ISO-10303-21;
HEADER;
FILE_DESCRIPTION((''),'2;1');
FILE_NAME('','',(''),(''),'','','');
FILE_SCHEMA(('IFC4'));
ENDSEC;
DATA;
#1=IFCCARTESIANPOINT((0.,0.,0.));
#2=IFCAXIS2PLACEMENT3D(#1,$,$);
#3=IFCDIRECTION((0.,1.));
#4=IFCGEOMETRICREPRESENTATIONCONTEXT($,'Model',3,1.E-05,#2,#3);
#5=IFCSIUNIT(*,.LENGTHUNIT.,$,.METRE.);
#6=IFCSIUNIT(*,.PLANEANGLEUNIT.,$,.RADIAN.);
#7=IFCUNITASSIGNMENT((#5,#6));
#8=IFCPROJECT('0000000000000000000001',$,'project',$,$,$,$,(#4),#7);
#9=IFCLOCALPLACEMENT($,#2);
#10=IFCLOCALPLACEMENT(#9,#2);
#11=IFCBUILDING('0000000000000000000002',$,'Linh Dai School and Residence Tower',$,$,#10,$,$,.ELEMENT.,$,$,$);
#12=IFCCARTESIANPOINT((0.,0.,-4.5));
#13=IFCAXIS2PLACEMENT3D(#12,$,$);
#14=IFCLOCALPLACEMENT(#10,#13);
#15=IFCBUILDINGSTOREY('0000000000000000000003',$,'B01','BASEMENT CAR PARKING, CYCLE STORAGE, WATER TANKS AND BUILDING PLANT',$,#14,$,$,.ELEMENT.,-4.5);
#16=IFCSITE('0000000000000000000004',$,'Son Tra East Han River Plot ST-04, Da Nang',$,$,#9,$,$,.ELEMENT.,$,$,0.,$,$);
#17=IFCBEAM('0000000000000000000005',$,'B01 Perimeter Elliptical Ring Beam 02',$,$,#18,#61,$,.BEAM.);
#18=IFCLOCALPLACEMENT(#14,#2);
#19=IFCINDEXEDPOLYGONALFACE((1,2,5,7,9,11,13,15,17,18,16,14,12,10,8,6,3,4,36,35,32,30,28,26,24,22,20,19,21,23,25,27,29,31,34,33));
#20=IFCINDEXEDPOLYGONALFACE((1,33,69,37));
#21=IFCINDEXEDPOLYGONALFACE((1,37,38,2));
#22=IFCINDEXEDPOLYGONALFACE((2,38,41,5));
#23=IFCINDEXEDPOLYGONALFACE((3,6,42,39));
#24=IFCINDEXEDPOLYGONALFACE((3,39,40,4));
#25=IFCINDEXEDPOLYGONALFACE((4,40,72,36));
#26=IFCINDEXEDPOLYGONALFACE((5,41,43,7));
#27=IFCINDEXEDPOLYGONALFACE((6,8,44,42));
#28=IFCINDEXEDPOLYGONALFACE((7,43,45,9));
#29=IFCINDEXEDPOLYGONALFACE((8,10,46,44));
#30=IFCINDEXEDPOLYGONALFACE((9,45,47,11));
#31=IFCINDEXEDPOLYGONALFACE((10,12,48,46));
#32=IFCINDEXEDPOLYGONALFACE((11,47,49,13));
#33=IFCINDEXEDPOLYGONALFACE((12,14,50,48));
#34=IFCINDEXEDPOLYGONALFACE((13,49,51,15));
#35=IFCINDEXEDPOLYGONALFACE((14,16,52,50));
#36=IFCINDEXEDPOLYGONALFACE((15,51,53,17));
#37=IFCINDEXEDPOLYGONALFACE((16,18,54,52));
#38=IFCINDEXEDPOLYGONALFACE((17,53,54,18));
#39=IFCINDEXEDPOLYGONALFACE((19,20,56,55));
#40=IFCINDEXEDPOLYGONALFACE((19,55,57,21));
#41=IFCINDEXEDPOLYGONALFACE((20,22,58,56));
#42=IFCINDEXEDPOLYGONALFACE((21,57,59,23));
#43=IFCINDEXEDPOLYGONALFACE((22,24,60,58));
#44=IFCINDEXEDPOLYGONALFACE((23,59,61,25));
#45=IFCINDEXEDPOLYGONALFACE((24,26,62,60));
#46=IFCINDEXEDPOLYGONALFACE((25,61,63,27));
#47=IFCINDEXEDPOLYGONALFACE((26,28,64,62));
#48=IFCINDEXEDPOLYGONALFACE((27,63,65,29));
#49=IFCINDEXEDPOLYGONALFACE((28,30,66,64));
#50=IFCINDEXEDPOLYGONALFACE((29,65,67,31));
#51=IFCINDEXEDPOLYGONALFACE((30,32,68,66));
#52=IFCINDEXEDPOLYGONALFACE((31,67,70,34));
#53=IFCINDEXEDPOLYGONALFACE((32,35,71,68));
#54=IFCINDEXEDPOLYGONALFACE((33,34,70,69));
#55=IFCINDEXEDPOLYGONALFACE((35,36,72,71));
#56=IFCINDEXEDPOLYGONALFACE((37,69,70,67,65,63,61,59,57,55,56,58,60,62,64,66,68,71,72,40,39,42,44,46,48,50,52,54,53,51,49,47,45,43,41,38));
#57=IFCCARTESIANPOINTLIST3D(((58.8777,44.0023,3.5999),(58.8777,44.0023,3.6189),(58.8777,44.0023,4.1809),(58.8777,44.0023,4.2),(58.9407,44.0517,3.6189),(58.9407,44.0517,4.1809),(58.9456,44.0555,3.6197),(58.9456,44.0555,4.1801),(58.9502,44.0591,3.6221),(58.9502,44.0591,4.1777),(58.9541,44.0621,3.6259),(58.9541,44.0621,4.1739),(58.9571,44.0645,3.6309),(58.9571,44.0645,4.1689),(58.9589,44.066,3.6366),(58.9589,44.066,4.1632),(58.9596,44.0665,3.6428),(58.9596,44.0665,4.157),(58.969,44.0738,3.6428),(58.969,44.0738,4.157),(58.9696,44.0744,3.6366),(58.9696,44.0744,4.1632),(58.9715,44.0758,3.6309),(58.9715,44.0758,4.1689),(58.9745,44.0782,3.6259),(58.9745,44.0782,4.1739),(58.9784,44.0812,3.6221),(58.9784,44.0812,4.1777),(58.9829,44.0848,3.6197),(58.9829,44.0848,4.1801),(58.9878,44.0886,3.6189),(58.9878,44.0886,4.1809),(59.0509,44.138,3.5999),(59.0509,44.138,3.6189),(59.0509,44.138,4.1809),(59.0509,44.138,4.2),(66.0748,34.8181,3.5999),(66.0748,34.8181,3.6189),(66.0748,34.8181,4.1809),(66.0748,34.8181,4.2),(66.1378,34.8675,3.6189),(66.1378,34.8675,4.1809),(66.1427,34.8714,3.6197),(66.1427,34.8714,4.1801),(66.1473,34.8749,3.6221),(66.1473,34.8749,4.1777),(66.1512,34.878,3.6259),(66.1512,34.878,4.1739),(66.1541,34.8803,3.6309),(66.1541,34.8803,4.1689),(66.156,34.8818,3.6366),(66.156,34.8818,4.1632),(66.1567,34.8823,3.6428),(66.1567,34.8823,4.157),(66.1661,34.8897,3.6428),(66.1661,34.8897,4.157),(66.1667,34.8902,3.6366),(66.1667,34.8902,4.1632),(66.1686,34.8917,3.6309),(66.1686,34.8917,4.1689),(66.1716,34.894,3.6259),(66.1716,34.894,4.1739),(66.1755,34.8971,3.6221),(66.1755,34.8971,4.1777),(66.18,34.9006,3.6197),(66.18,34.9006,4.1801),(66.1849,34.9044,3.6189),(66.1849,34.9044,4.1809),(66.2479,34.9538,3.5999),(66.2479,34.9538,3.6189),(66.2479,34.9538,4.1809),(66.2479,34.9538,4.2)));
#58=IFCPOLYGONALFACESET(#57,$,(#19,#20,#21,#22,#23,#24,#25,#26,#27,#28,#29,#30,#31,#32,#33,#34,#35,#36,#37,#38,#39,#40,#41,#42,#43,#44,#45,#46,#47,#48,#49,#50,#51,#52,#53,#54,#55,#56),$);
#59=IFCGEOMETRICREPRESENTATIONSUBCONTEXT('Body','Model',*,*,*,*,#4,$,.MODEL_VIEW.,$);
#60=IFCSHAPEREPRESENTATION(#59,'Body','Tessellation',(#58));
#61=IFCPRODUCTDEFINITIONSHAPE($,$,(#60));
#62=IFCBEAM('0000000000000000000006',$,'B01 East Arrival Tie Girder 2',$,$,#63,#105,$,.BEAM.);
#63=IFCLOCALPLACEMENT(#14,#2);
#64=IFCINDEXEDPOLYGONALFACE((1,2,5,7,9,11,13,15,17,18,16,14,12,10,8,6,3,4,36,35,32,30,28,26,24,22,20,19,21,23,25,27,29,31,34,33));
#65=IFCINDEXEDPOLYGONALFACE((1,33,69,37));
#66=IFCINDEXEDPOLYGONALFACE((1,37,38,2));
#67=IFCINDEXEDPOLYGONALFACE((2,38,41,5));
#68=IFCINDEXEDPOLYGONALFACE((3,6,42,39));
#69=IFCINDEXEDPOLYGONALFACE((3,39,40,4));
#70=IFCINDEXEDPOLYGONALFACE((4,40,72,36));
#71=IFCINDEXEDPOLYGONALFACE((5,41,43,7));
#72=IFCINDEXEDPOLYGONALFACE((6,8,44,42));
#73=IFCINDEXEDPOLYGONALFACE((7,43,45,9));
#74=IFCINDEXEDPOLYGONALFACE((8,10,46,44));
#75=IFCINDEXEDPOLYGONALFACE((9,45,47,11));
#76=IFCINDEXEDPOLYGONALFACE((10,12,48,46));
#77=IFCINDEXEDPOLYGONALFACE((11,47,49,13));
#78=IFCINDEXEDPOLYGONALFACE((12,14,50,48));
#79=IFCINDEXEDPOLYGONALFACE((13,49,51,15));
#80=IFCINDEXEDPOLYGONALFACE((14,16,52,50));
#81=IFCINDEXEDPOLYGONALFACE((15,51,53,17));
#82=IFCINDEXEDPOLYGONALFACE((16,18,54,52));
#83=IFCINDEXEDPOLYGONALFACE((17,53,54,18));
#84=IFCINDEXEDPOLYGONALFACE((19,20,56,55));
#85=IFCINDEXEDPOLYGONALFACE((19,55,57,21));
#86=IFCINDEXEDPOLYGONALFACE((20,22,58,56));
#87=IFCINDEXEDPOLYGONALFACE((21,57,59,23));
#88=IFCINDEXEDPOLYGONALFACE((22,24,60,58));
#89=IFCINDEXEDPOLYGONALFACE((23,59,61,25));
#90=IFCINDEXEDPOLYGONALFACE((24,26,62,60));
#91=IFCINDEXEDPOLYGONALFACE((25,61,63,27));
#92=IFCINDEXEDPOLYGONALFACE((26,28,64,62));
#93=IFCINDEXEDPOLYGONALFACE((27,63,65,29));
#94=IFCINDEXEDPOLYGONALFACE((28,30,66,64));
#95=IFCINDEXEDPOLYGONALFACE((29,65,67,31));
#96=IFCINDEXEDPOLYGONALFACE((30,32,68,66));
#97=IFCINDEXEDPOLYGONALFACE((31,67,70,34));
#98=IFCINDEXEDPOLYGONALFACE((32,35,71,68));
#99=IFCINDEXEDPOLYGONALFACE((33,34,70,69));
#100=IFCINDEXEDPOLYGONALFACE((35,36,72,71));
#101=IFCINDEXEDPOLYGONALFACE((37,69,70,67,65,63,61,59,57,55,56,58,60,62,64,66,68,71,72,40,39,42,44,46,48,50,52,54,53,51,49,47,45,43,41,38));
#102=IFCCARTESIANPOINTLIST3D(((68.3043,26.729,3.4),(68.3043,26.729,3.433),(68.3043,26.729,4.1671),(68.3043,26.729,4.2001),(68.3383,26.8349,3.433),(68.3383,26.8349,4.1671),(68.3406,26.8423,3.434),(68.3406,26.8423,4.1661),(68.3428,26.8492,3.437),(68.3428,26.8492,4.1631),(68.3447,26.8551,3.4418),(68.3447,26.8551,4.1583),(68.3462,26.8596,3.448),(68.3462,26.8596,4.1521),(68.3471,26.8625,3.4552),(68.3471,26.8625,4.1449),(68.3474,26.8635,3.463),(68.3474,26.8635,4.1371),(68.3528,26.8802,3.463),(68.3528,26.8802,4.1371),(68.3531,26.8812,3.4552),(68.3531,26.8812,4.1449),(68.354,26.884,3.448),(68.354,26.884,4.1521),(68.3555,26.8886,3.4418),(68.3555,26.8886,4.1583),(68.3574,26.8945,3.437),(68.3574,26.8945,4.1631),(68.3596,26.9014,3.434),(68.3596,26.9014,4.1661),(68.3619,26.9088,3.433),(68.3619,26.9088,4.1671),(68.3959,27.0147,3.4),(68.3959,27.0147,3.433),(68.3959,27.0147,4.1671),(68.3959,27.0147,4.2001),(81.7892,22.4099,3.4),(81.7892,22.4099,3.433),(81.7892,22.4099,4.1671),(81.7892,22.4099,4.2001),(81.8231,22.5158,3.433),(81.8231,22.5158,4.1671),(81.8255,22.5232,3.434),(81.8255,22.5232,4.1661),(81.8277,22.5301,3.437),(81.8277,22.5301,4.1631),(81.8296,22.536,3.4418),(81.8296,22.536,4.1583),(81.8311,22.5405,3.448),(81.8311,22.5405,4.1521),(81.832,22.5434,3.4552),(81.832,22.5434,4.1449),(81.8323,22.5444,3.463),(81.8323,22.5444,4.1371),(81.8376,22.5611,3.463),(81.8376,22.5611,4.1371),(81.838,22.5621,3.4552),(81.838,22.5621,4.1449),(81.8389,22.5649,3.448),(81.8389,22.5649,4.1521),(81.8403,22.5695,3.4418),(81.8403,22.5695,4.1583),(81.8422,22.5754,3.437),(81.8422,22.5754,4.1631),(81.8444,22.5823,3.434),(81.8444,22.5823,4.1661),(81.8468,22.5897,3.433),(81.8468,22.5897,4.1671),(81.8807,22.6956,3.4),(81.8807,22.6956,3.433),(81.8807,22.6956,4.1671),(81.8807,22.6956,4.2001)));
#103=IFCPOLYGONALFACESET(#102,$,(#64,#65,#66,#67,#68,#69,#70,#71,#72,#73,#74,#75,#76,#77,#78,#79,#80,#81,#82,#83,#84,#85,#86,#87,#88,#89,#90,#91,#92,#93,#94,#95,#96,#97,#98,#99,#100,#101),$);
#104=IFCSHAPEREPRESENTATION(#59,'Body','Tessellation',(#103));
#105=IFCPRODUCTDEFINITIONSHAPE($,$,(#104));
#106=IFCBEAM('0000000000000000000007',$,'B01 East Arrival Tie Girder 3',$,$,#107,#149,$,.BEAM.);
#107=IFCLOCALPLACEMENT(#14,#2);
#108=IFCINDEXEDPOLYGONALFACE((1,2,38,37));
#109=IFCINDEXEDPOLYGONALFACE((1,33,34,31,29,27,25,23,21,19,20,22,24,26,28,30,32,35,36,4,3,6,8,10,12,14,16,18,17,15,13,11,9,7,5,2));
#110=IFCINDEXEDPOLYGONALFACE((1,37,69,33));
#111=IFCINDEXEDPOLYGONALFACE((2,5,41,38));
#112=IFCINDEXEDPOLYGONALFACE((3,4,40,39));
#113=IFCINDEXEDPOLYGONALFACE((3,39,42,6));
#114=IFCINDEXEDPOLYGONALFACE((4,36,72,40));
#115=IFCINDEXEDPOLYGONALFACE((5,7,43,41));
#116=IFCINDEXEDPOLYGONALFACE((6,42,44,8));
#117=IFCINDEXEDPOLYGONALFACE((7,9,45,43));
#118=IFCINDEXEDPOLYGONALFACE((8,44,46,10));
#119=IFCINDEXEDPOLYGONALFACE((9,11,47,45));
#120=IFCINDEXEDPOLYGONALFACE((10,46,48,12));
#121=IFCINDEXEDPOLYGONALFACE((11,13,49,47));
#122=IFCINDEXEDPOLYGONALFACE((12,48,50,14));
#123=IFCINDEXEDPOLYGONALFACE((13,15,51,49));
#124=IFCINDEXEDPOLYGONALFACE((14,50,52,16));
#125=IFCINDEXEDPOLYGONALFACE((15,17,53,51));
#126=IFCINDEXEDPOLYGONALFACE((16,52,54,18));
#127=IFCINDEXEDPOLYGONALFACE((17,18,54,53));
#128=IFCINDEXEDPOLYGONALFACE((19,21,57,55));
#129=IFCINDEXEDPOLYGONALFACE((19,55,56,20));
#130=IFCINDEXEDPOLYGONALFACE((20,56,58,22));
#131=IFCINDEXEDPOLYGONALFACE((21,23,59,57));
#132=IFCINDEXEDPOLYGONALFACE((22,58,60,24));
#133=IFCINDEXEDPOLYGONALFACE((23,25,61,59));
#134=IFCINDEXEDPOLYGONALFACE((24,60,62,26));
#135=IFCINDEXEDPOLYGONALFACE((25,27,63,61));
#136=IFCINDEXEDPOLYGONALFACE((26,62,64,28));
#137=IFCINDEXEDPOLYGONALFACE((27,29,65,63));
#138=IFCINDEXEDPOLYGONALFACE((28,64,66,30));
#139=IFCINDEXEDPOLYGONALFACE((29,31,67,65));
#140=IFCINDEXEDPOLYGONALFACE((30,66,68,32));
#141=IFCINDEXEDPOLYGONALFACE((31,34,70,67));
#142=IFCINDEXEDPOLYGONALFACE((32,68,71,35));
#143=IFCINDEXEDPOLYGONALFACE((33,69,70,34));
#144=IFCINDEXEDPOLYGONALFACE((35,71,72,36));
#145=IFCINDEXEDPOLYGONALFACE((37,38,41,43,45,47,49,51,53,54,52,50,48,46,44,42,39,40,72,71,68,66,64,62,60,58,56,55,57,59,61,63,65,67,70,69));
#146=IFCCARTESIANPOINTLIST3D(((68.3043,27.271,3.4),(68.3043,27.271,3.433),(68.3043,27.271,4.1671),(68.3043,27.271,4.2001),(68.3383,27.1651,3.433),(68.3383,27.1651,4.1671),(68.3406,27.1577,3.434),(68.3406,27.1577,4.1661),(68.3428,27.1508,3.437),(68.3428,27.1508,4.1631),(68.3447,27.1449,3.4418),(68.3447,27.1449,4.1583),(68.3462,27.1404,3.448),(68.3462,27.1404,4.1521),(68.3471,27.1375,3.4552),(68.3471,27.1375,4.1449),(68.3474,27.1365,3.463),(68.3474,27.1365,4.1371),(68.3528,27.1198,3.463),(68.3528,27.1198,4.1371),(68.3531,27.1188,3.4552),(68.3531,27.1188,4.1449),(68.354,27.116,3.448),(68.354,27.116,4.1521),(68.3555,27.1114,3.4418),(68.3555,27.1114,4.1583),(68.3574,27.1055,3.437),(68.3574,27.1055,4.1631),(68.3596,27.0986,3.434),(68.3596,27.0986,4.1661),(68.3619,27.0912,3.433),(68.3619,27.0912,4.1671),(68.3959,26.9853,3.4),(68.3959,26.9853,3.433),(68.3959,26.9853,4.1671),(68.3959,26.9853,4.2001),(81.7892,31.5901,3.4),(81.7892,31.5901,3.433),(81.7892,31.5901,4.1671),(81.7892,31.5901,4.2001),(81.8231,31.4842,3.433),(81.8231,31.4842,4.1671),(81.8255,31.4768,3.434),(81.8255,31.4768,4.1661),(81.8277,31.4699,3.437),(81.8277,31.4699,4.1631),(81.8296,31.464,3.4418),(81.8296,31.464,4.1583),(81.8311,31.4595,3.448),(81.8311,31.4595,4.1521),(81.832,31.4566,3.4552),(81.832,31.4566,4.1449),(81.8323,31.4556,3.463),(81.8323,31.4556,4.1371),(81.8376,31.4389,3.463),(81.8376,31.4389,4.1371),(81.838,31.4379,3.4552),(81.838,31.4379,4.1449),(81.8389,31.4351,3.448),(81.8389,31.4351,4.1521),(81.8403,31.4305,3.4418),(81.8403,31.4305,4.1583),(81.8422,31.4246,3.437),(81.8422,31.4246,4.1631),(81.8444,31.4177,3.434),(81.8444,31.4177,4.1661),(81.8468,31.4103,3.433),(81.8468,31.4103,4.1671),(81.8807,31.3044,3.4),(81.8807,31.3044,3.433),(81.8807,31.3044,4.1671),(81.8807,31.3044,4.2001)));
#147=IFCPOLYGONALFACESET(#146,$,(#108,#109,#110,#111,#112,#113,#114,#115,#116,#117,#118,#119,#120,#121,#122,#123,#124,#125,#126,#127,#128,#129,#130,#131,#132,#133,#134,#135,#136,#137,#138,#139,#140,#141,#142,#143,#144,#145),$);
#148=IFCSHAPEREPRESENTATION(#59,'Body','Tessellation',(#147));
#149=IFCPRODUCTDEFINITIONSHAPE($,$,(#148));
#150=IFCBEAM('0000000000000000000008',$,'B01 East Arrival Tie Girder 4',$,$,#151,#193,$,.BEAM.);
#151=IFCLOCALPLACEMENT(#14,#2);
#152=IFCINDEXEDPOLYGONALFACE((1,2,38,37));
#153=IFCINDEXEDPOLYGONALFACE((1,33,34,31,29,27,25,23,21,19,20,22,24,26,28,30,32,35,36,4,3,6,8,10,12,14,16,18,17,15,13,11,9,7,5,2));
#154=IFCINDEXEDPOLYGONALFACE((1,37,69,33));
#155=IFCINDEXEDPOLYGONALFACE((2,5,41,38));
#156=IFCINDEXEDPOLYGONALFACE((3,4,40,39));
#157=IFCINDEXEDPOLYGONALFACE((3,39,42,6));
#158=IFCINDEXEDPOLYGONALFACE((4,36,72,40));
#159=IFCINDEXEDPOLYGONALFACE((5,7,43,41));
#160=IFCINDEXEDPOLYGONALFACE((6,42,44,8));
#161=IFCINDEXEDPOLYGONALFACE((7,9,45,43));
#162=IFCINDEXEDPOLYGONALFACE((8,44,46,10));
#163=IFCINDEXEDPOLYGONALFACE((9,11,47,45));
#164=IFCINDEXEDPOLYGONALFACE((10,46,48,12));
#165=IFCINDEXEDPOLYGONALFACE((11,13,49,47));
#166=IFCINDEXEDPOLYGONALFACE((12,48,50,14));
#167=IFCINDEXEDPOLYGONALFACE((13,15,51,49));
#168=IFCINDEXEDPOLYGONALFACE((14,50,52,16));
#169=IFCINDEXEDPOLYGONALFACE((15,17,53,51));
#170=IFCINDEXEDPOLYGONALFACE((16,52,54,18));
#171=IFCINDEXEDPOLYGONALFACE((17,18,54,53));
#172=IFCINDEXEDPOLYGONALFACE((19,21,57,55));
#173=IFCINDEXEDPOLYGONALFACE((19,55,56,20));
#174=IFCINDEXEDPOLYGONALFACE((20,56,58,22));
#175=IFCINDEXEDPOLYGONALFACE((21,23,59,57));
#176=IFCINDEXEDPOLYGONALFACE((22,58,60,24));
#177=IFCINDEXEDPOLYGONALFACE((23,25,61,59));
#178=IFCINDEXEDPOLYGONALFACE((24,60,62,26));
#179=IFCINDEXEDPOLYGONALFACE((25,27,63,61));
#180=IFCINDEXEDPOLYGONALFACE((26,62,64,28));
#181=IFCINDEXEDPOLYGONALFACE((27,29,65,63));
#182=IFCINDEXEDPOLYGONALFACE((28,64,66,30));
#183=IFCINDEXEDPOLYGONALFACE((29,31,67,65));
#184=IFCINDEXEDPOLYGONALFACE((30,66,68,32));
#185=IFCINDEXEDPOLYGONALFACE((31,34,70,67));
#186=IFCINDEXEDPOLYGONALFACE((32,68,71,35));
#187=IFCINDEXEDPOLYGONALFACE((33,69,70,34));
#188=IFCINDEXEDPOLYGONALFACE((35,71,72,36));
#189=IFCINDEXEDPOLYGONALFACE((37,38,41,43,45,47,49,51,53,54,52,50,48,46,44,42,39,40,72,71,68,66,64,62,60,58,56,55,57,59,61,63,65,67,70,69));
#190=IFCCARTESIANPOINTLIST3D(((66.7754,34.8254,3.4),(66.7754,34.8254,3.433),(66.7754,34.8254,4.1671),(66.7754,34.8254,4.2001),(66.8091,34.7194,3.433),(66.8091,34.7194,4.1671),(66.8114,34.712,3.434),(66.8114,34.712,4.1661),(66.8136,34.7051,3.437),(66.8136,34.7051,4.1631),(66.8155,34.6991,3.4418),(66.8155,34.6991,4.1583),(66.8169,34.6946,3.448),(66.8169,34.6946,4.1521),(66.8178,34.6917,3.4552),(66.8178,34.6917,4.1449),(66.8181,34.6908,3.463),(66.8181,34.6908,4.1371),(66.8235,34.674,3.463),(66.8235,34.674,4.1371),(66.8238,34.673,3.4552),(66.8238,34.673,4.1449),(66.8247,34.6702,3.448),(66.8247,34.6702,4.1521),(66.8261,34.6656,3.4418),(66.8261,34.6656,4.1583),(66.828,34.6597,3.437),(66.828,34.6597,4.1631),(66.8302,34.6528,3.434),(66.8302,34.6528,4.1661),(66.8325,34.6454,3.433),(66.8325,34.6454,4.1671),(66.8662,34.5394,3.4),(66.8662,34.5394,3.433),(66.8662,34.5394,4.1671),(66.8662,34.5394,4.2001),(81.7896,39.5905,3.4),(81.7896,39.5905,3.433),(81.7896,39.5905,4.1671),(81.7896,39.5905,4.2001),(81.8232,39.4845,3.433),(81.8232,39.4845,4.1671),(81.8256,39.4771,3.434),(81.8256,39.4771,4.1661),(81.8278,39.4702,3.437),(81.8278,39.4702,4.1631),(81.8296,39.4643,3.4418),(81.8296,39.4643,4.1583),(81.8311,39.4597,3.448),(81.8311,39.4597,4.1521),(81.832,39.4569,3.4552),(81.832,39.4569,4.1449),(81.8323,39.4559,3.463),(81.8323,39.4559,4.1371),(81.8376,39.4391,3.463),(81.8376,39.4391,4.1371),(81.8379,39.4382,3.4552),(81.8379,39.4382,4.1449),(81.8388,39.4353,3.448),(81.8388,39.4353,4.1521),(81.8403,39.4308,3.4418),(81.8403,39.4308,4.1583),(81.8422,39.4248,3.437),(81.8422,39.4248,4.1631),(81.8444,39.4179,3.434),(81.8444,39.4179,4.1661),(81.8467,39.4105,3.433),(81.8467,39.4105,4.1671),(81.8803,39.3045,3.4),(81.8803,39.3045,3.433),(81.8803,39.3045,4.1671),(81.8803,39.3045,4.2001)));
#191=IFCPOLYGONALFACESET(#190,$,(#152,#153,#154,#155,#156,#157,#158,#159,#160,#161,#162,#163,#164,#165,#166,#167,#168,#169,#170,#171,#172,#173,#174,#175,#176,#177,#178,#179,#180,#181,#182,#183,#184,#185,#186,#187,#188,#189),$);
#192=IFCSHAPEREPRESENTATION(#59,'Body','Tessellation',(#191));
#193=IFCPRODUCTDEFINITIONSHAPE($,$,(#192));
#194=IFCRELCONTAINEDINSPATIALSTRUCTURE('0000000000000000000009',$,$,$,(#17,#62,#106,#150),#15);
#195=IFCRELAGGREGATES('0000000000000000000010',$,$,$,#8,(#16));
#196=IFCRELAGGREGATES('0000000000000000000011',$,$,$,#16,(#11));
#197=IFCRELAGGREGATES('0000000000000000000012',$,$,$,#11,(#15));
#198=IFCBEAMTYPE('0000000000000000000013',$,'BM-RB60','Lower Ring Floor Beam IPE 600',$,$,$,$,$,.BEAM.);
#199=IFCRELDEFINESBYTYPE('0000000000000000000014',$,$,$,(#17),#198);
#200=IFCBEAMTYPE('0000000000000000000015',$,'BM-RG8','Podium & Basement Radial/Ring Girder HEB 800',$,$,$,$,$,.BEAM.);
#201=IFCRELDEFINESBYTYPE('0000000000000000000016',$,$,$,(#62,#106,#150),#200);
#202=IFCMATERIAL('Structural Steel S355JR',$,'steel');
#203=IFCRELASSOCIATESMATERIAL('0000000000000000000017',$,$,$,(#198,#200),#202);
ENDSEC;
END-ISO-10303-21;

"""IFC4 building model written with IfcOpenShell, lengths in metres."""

from ifc_helpers import new_model, si_unit, direction, frame, origin, origin_2d, place, context, subcontext, project, spatial, i_section, extrude, material, material_profile, profile_set, type_object, element, save


model = new_model("IFC4")

# Units and contexts
model_context = context("Model", 3, precision=1e-05, world=origin(), true_north=direction((0.0, 1.0)))
body_context = subcontext(model_context, "Body", "Model", "MODEL_VIEW")
ifc_project = project(units=[si_unit("LENGTHUNIT", "METRE"), si_unit("PLANEANGLEUNIT", "RADIAN")], contexts=[model_context])

# Site, building, storey
site_placement = place(None, origin())
site = spatial("IfcSite", under=ifc_project, at=site_placement, Name="Son Tra East Han River Plot ST-04, Da Nang", CompositionType="ELEMENT", RefElevation=0.0)
building_placement = place(site_placement, origin())
building = spatial("IfcBuilding", under=site, at=building_placement, Name="Linh Dai School and Residence Tower", CompositionType="ELEMENT")
storey_placement = place(building_placement, frame((0.0, 0.0, -4.5)))
storey = spatial("IfcBuildingStorey", under=building, at=storey_placement, Name="B01", Description="BASEMENT CAR PARKING, CYCLE STORAGE, WATER TANKS AND BUILDING PLANT", CompositionType="ELEMENT", Elevation=-4.5)

# Shared definitions
ifc_material_1 = material(Name="Structural Steel S355JR", Category="steel")

# Beams
ifc_material_profile_1 = material_profile(ifc_material_1, i_section(OverallWidth=0.22, OverallDepth=0.6001, WebThickness=0.012, FlangeThickness=0.019, FilletRadius=0.0239, at=origin_2d()), Name="IPE 600")
ifc_profile_set_1 = profile_set([ifc_material_profile_1], Name="Structural Steel S355JR")
beam_type_1 = type_object("IfcBeamType", Name="BM-RB60", Description="Lower Ring Floor Beam IPE 600", PredefinedType="BEAM", material=ifc_profile_set_1)
beam_1_placement = place(storey_placement, frame((66.1614, 34.886, 3.8999), z_axis=(-0.616812, 0.787111, 0.0), x_axis=(-0.787111, -0.616812, 0.0)))
element("IfcBeam", 1, at=beam_1_placement, inside=storey, type_object=beam_type_1, Name="B01 Perimeter Elliptical Ring Beam 02", PredefinedType="BEAM", context=body_context, shape_type="SweptSolid", body=[
    extrude(i_section(OverallWidth=0.22, OverallDepth=0.6001, WebThickness=0.012, FlangeThickness=0.019, FilletRadius=0.0239, at=origin_2d()), origin(), (0.0, 0.0, 1.0), 11.6682),
])
ifc_material_profile_2 = material_profile(ifc_material_1, i_section(OverallWidth=0.3, OverallDepth=0.8, WebThickness=0.0176, FlangeThickness=0.033, FilletRadius=0.03, at=origin_2d()), Name="HEB 800")
ifc_profile_set_2 = profile_set([ifc_material_profile_2], Name="Structural Steel S355JR")
beam_type_2 = type_object("IfcBeamType", Name="BM-RG8", Description="Podium & Basement Radial/Ring Girder HEB 800", PredefinedType="BEAM", material=ifc_profile_set_2)
for number, where, z_axis, x_axis, name in (
    (2, (68.3501, 26.8718, 3.8), (0.952343, -0.305028, 0.0), (0.305028, 0.952343, 0.0), "B01 East Arrival Tie Girder 2"),
    (3, (68.3501, 27.1282, 3.8), (0.952343, 0.305028, 0.0), (-0.305028, 0.952343, 0.0), "B01 East Arrival Tie Girder 3"),
):
    element("IfcBeam", number, at=place(storey_placement, frame(where, z_axis=z_axis, x_axis=x_axis)), inside=storey, type_object=beam_type_2, Name=name, PredefinedType="BEAM", context=body_context, shape_type="SweptSolid", body=[
        extrude(i_section(OverallWidth=0.3, OverallDepth=0.8, WebThickness=0.0176, FlangeThickness=0.033, FilletRadius=0.03, at=origin_2d()), origin(), (0.0, 0.0, 1.0), 14.1597),
    ])
beam_2_placement = place(storey_placement, frame((66.8208, 34.6824, 3.8), z_axis=(0.953147, 0.302506, 0.0), x_axis=(-0.302506, 0.953147, 0.0)))
element("IfcBeam", 4, at=beam_2_placement, inside=storey, type_object=beam_type_2, Name="B01 East Arrival Tie Girder 4", PredefinedType="BEAM", context=body_context, shape_type="SweptSolid", body=[
    extrude(i_section(OverallWidth=0.3, OverallDepth=0.8, WebThickness=0.0176, FlangeThickness=0.033, FilletRadius=0.03, at=origin_2d()), origin(), (0.0, 0.0, 1.0), 15.7522),
])

save(model, "model.ifc")
